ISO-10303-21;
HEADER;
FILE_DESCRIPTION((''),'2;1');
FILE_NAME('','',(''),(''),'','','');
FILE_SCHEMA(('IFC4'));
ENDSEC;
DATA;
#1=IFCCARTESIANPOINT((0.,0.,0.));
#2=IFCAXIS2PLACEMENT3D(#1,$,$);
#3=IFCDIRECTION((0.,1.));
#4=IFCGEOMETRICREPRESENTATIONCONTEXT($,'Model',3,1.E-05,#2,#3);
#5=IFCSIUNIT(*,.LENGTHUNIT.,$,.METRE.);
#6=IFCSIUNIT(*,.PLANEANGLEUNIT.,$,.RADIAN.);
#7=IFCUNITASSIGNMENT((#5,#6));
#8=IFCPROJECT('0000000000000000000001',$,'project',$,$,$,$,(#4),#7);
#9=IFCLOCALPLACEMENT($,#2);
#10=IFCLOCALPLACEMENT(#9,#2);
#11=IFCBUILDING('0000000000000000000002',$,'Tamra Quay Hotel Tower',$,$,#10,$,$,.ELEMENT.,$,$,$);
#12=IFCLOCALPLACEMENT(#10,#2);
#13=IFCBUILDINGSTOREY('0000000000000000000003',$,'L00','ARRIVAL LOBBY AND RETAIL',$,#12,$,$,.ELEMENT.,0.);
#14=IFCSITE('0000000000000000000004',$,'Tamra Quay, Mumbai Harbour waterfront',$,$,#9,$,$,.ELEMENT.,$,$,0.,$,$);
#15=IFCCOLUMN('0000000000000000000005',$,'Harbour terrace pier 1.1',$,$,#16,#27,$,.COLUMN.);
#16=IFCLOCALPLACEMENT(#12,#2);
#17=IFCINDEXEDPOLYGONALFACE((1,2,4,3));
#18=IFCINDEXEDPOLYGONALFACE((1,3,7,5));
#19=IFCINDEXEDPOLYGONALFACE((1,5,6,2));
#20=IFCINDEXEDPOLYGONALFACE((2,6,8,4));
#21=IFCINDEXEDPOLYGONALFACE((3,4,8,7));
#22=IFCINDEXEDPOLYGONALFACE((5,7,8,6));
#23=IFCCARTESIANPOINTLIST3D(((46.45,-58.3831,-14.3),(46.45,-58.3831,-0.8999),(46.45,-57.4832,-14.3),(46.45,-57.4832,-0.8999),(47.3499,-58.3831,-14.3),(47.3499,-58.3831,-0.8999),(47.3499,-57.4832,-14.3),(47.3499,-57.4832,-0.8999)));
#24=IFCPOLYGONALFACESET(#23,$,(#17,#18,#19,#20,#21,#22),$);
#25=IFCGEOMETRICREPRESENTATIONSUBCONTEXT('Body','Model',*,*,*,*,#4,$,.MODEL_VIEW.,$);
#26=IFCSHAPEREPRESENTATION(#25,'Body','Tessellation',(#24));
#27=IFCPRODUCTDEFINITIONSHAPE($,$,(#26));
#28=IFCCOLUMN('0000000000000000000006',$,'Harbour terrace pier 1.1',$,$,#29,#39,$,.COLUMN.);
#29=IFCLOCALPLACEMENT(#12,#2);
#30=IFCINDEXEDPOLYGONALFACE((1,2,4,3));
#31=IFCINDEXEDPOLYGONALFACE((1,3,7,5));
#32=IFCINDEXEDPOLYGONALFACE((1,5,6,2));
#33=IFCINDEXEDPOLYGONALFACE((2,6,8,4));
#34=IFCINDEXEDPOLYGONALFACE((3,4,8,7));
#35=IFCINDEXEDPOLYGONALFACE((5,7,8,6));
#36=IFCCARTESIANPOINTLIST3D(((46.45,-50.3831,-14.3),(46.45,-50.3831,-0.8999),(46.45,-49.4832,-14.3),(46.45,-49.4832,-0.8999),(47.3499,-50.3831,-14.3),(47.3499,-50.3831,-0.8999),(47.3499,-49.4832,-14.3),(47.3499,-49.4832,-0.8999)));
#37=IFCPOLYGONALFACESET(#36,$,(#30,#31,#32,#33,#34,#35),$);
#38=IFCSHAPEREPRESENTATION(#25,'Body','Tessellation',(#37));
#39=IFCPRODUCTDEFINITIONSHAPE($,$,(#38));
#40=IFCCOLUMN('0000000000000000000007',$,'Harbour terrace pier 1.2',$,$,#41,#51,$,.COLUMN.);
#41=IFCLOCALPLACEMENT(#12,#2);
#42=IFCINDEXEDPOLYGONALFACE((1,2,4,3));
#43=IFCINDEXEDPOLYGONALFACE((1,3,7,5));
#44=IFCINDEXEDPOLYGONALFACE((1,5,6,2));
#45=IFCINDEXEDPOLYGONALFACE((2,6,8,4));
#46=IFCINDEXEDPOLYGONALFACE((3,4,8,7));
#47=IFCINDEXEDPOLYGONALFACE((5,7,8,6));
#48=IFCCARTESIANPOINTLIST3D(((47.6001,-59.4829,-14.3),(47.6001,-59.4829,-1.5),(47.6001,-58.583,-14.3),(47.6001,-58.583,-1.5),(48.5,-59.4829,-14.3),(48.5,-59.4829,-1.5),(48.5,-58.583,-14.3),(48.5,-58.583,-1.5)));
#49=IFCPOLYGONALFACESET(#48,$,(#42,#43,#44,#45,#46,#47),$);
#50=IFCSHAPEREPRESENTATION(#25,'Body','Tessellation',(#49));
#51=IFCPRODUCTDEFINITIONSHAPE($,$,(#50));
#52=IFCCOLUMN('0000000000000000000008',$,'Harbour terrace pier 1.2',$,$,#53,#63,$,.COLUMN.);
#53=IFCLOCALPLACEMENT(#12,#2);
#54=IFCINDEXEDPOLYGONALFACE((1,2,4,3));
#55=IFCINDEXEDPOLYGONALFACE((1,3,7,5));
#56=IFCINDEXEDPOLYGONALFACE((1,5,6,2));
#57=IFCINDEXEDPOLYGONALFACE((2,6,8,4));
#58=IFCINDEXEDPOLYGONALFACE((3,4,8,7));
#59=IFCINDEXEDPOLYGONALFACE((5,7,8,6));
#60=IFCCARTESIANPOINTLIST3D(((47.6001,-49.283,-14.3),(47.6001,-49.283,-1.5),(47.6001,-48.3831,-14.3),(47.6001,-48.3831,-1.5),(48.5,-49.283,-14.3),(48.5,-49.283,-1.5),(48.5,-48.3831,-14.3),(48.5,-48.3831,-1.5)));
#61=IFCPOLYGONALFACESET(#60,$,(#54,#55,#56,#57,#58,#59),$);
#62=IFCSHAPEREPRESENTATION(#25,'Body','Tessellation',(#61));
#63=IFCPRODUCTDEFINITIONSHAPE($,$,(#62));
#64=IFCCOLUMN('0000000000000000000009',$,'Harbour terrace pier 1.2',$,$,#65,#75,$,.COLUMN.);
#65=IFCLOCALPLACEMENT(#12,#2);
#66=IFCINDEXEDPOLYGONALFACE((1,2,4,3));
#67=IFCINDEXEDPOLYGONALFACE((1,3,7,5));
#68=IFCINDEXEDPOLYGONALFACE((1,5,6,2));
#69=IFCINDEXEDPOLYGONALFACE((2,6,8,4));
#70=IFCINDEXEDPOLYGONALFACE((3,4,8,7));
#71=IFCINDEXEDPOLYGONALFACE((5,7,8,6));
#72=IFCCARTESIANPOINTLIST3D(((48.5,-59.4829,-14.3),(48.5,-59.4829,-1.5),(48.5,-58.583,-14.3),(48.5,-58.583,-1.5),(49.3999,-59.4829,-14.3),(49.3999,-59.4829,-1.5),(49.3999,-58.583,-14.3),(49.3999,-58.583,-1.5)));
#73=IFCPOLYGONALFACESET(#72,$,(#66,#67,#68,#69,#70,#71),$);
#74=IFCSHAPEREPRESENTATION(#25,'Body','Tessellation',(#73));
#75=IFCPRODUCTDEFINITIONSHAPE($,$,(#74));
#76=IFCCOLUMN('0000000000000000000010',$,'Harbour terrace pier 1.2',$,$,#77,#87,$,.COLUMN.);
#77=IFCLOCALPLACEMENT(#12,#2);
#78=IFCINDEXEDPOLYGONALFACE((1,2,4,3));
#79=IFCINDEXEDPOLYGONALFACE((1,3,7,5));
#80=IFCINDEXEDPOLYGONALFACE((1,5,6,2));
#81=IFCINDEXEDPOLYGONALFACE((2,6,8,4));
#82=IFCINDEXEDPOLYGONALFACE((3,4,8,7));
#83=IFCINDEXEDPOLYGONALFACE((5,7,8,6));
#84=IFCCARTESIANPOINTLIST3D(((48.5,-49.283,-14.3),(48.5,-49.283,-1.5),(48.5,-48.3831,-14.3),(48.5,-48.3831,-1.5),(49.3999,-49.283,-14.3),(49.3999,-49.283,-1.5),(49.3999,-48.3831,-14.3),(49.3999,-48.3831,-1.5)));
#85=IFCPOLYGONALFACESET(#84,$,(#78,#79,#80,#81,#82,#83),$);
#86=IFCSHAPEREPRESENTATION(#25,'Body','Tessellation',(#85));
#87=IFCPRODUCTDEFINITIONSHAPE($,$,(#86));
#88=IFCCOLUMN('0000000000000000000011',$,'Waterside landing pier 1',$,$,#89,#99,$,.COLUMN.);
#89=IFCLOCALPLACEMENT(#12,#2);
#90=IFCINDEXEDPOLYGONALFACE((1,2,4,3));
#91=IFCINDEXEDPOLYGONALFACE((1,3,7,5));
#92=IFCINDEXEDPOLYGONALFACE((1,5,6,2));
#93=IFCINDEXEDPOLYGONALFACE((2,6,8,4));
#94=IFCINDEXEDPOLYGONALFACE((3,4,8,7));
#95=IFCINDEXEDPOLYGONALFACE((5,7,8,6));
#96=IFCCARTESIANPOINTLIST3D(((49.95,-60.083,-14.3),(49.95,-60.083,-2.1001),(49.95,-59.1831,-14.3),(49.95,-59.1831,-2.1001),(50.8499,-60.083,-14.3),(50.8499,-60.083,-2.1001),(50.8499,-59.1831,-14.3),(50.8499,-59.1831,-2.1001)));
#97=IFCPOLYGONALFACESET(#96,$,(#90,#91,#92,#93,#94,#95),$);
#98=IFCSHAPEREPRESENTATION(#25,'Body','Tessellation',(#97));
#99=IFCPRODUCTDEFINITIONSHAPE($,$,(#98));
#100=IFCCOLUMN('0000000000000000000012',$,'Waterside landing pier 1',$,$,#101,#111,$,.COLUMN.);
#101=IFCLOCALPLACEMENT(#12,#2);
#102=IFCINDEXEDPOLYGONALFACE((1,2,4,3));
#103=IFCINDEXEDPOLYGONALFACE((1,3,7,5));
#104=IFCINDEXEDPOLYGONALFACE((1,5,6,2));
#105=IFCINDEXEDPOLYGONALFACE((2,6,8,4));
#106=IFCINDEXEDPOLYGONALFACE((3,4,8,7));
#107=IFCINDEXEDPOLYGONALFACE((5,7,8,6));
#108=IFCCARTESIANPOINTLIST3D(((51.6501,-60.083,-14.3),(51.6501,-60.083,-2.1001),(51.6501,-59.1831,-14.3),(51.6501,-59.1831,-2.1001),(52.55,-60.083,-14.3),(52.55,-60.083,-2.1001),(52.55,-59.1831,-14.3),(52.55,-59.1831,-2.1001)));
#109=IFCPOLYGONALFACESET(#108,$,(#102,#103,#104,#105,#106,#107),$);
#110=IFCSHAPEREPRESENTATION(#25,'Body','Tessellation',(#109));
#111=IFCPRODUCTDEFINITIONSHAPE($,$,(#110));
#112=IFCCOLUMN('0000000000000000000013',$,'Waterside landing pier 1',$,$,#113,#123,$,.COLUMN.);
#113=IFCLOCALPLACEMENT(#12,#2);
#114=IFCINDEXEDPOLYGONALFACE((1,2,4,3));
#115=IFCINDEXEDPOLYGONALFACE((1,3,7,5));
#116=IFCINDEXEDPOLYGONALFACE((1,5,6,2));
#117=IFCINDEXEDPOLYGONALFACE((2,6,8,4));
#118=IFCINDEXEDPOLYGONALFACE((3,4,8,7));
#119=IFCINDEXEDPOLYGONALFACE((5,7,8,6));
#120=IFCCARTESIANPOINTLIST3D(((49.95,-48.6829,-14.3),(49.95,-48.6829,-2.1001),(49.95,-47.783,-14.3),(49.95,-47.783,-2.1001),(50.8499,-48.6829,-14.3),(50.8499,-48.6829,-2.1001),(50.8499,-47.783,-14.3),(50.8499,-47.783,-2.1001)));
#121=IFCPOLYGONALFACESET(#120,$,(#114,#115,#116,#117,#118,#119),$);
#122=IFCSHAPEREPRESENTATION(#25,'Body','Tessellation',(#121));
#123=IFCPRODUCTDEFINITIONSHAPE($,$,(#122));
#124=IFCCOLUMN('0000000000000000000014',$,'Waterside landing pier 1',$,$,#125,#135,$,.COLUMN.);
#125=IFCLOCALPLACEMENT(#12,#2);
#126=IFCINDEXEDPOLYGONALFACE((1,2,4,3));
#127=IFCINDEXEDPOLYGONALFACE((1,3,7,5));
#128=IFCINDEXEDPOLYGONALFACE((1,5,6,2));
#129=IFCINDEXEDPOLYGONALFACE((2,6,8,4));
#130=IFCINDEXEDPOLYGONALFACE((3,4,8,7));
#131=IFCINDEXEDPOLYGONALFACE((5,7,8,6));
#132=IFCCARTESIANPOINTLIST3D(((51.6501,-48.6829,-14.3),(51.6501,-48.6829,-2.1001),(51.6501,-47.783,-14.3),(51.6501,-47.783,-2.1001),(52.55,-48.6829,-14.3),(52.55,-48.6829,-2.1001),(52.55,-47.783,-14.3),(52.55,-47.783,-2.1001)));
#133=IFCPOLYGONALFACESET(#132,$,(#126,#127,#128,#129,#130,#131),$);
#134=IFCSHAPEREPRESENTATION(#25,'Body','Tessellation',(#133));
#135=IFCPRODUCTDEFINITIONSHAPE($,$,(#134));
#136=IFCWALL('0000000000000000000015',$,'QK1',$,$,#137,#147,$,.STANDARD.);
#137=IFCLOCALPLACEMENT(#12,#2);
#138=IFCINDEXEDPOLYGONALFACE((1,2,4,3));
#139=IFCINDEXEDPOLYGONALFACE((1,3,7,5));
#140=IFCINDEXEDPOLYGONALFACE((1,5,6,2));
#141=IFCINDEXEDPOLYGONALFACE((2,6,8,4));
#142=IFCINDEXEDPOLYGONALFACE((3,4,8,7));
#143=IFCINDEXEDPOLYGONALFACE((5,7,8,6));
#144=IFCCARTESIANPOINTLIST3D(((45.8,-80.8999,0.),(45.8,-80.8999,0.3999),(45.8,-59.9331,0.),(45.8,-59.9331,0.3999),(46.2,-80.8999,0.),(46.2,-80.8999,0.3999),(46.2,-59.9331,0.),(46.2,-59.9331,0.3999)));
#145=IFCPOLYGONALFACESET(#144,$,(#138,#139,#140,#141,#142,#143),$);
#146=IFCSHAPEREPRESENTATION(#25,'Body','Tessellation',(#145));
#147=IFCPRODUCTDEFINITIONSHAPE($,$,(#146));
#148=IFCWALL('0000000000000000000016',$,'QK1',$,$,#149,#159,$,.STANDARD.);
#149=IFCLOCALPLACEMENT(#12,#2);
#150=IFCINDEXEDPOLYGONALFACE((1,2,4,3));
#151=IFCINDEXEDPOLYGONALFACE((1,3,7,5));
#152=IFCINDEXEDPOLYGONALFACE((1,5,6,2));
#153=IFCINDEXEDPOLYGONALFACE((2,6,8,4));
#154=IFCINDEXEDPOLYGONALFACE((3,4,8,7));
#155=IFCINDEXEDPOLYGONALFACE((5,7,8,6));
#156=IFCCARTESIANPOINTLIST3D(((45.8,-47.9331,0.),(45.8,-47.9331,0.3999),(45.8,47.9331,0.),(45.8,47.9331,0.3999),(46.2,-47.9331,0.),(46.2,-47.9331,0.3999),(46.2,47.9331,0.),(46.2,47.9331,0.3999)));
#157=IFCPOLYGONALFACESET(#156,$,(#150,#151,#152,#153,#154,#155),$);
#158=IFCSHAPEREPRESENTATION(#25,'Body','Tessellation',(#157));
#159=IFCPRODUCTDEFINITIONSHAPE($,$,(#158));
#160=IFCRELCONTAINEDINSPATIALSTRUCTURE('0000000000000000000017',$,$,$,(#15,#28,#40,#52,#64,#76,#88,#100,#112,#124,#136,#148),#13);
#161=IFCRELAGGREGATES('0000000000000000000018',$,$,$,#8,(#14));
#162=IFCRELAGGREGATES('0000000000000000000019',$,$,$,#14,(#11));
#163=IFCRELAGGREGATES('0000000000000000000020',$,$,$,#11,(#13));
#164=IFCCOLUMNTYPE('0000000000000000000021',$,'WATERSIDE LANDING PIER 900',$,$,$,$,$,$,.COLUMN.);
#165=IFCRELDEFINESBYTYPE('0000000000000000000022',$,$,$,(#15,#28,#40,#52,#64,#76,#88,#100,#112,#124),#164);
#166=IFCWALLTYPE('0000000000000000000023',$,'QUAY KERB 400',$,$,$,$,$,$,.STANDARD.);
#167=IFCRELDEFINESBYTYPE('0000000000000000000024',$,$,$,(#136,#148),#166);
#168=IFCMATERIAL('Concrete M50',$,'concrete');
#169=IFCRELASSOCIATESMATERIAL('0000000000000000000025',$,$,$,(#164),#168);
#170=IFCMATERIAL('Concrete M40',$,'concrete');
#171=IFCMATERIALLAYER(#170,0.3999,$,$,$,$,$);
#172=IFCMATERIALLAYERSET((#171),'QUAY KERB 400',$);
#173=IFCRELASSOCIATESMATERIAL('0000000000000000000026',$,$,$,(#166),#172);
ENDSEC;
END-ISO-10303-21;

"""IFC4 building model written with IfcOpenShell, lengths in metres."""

from ifc_helpers import new_model, si_unit, direction, frame, frame_2d, origin, origin_2d, place, context, subcontext, project, spatial, rectangle, extrude, material, layer, layer_set, material_profile, profile_set, type_object, element, save


model = new_model("IFC4")

# Units and contexts
model_context = context("Model", 3, precision=1e-05, world=origin(), true_north=direction((0.0, 1.0)))
body_context = subcontext(model_context, "Body", "Model", "MODEL_VIEW")
ifc_project = project(units=[si_unit("LENGTHUNIT", "METRE"), si_unit("PLANEANGLEUNIT", "RADIAN")], contexts=[model_context])

# Site, building, storey
site_placement = place(None, origin())
site = spatial("IfcSite", under=ifc_project, at=site_placement, Name="Tamra Quay, Mumbai Harbour waterfront", CompositionType="ELEMENT", RefElevation=0.0)
building_placement = place(site_placement, origin())
building = spatial("IfcBuilding", under=site, at=building_placement, Name="Tamra Quay Hotel Tower", CompositionType="ELEMENT")
storey_placement = place(building_placement, origin())
storey = spatial("IfcBuildingStorey", under=building, at=storey_placement, Name="L00", Description="ARRIVAL LOBBY AND RETAIL", CompositionType="ELEMENT", Elevation=0.0)

# Columns
ifc_material_1 = material(Name="Concrete M50", Category="concrete")
ifc_material_profile = material_profile(ifc_material_1, rectangle(XDim=0.8999, YDim=0.8999, at=origin_2d()), Name="WATERSIDE LANDING PIER 900")
ifc_profile_set = profile_set([ifc_material_profile], Name="Concrete M50")
column_type = type_object("IfcColumnType", Name="WATERSIDE LANDING PIER 900", PredefinedType="COLUMN", material=ifc_profile_set)
for number, where, z_axis, x_axis, name in (
    (1, (46.8999, -57.9331, -14.3), (0.0, 0.0, 1.0), (1.0, 0.0, 0.0), "Harbour terrace pier 1.1"),
    (2, (46.8999, -49.9331, -14.3), (0.0, 0.0, 1.0), (1.0, 0.0, 0.0), "Harbour terrace pier 1.1"),
):
    element("IfcColumn", number, at=place(storey_placement, frame(where, z_axis=z_axis, x_axis=x_axis)), inside=storey, type_object=column_type, Name=name, PredefinedType="COLUMN", context=body_context, shape_type="SweptSolid", body=[
        extrude(rectangle(XDim=0.8999, YDim=0.8999, at=origin_2d()), origin(), (0.0, 0.0, 1.0), 13.4001),
    ])
for number, where, z_axis, x_axis, name in (
    (3, (48.05, -59.033, -14.3), (0.0, 0.0, 1.0), (1.0, 0.0, 0.0), "Harbour terrace pier 1.2"),
    (4, (48.05, -48.833, -14.3), (0.0, 0.0, 1.0), (1.0, 0.0, 0.0), "Harbour terrace pier 1.2"),
    (5, (48.95, -59.033, -14.3), (0.0, 0.0, 1.0), (1.0, 0.0, 0.0), "Harbour terrace pier 1.2"),
    (6, (48.95, -48.833, -14.3), (0.0, 0.0, 1.0), (1.0, 0.0, 0.0), "Harbour terrace pier 1.2"),
):
    element("IfcColumn", number, at=place(storey_placement, frame(where, z_axis=z_axis, x_axis=x_axis)), inside=storey, type_object=column_type, Name=name, PredefinedType="COLUMN", context=body_context, shape_type="SweptSolid", body=[
        extrude(rectangle(XDim=0.8999, YDim=0.8999, at=origin_2d()), origin(), (0.0, 0.0, 1.0), 12.8),
    ])
for number, where, z_axis, x_axis, name in (
    (7, (50.3999, -59.6331, -14.3), (0.0, 0.0, 1.0), (1.0, 0.0, 0.0), "Waterside landing pier 1"),
    (8, (52.1001, -59.6331, -14.3), (0.0, 0.0, 1.0), (1.0, 0.0, 0.0), "Waterside landing pier 1"),
    (9, (50.3999, -48.2329, -14.3), (0.0, 0.0, 1.0), (1.0, 0.0, 0.0), "Waterside landing pier 1"),
    (10, (52.1001, -48.2329, -14.3), (0.0, 0.0, 1.0), (1.0, 0.0, 0.0), "Waterside landing pier 1"),
):
    element("IfcColumn", number, at=place(storey_placement, frame(where, z_axis=z_axis, x_axis=x_axis)), inside=storey, type_object=column_type, Name=name, PredefinedType="COLUMN", context=body_context, shape_type="SweptSolid", body=[
        extrude(rectangle(XDim=0.8999, YDim=0.8999, at=origin_2d()), origin(), (0.0, 0.0, 1.0), 12.2),
    ])

# Walls
ifc_material_2 = material(Name="Concrete M40", Category="concrete")
ifc_layer = layer(ifc_material_2, 0.3999)
ifc_layer_set = layer_set([ifc_layer], Name="QUAY KERB 400")
wall_type = type_object("IfcWallType", Name="QUAY KERB 400", PredefinedType="STANDARD", material=ifc_layer_set)
wall_1_placement = place(storey_placement, frame((46.0, -80.8999, 0.0), z_axis=(0.0, 0.0, 1.0), x_axis=(0.0, 1.0, 0.0)))
element("IfcWall", 11, at=wall_1_placement, inside=storey, type_object=wall_type, Name="QK1", PredefinedType="STANDARD", context=body_context, shape_type="SweptSolid", body=[
    extrude(rectangle(XDim=20.9668, YDim=0.3999, at=frame_2d((10.4834, 0.0))), origin(), (0.0, 0.0, 1.0), 0.3999),
])
wall_2_placement = place(storey_placement, frame((46.0, -47.9331, 0.0), z_axis=(0.0, 0.0, 1.0), x_axis=(0.0, 1.0, 0.0)))
element("IfcWall", 12, at=wall_2_placement, inside=storey, type_object=wall_type, Name="QK1", PredefinedType="STANDARD", context=body_context, shape_type="SweptSolid", body=[
    extrude(rectangle(XDim=95.8662, YDim=0.3999, at=frame_2d((47.9331, 0.0))), origin(), (0.0, 0.0, 1.0), 0.3999),
])

save(model, "model.ifc")
